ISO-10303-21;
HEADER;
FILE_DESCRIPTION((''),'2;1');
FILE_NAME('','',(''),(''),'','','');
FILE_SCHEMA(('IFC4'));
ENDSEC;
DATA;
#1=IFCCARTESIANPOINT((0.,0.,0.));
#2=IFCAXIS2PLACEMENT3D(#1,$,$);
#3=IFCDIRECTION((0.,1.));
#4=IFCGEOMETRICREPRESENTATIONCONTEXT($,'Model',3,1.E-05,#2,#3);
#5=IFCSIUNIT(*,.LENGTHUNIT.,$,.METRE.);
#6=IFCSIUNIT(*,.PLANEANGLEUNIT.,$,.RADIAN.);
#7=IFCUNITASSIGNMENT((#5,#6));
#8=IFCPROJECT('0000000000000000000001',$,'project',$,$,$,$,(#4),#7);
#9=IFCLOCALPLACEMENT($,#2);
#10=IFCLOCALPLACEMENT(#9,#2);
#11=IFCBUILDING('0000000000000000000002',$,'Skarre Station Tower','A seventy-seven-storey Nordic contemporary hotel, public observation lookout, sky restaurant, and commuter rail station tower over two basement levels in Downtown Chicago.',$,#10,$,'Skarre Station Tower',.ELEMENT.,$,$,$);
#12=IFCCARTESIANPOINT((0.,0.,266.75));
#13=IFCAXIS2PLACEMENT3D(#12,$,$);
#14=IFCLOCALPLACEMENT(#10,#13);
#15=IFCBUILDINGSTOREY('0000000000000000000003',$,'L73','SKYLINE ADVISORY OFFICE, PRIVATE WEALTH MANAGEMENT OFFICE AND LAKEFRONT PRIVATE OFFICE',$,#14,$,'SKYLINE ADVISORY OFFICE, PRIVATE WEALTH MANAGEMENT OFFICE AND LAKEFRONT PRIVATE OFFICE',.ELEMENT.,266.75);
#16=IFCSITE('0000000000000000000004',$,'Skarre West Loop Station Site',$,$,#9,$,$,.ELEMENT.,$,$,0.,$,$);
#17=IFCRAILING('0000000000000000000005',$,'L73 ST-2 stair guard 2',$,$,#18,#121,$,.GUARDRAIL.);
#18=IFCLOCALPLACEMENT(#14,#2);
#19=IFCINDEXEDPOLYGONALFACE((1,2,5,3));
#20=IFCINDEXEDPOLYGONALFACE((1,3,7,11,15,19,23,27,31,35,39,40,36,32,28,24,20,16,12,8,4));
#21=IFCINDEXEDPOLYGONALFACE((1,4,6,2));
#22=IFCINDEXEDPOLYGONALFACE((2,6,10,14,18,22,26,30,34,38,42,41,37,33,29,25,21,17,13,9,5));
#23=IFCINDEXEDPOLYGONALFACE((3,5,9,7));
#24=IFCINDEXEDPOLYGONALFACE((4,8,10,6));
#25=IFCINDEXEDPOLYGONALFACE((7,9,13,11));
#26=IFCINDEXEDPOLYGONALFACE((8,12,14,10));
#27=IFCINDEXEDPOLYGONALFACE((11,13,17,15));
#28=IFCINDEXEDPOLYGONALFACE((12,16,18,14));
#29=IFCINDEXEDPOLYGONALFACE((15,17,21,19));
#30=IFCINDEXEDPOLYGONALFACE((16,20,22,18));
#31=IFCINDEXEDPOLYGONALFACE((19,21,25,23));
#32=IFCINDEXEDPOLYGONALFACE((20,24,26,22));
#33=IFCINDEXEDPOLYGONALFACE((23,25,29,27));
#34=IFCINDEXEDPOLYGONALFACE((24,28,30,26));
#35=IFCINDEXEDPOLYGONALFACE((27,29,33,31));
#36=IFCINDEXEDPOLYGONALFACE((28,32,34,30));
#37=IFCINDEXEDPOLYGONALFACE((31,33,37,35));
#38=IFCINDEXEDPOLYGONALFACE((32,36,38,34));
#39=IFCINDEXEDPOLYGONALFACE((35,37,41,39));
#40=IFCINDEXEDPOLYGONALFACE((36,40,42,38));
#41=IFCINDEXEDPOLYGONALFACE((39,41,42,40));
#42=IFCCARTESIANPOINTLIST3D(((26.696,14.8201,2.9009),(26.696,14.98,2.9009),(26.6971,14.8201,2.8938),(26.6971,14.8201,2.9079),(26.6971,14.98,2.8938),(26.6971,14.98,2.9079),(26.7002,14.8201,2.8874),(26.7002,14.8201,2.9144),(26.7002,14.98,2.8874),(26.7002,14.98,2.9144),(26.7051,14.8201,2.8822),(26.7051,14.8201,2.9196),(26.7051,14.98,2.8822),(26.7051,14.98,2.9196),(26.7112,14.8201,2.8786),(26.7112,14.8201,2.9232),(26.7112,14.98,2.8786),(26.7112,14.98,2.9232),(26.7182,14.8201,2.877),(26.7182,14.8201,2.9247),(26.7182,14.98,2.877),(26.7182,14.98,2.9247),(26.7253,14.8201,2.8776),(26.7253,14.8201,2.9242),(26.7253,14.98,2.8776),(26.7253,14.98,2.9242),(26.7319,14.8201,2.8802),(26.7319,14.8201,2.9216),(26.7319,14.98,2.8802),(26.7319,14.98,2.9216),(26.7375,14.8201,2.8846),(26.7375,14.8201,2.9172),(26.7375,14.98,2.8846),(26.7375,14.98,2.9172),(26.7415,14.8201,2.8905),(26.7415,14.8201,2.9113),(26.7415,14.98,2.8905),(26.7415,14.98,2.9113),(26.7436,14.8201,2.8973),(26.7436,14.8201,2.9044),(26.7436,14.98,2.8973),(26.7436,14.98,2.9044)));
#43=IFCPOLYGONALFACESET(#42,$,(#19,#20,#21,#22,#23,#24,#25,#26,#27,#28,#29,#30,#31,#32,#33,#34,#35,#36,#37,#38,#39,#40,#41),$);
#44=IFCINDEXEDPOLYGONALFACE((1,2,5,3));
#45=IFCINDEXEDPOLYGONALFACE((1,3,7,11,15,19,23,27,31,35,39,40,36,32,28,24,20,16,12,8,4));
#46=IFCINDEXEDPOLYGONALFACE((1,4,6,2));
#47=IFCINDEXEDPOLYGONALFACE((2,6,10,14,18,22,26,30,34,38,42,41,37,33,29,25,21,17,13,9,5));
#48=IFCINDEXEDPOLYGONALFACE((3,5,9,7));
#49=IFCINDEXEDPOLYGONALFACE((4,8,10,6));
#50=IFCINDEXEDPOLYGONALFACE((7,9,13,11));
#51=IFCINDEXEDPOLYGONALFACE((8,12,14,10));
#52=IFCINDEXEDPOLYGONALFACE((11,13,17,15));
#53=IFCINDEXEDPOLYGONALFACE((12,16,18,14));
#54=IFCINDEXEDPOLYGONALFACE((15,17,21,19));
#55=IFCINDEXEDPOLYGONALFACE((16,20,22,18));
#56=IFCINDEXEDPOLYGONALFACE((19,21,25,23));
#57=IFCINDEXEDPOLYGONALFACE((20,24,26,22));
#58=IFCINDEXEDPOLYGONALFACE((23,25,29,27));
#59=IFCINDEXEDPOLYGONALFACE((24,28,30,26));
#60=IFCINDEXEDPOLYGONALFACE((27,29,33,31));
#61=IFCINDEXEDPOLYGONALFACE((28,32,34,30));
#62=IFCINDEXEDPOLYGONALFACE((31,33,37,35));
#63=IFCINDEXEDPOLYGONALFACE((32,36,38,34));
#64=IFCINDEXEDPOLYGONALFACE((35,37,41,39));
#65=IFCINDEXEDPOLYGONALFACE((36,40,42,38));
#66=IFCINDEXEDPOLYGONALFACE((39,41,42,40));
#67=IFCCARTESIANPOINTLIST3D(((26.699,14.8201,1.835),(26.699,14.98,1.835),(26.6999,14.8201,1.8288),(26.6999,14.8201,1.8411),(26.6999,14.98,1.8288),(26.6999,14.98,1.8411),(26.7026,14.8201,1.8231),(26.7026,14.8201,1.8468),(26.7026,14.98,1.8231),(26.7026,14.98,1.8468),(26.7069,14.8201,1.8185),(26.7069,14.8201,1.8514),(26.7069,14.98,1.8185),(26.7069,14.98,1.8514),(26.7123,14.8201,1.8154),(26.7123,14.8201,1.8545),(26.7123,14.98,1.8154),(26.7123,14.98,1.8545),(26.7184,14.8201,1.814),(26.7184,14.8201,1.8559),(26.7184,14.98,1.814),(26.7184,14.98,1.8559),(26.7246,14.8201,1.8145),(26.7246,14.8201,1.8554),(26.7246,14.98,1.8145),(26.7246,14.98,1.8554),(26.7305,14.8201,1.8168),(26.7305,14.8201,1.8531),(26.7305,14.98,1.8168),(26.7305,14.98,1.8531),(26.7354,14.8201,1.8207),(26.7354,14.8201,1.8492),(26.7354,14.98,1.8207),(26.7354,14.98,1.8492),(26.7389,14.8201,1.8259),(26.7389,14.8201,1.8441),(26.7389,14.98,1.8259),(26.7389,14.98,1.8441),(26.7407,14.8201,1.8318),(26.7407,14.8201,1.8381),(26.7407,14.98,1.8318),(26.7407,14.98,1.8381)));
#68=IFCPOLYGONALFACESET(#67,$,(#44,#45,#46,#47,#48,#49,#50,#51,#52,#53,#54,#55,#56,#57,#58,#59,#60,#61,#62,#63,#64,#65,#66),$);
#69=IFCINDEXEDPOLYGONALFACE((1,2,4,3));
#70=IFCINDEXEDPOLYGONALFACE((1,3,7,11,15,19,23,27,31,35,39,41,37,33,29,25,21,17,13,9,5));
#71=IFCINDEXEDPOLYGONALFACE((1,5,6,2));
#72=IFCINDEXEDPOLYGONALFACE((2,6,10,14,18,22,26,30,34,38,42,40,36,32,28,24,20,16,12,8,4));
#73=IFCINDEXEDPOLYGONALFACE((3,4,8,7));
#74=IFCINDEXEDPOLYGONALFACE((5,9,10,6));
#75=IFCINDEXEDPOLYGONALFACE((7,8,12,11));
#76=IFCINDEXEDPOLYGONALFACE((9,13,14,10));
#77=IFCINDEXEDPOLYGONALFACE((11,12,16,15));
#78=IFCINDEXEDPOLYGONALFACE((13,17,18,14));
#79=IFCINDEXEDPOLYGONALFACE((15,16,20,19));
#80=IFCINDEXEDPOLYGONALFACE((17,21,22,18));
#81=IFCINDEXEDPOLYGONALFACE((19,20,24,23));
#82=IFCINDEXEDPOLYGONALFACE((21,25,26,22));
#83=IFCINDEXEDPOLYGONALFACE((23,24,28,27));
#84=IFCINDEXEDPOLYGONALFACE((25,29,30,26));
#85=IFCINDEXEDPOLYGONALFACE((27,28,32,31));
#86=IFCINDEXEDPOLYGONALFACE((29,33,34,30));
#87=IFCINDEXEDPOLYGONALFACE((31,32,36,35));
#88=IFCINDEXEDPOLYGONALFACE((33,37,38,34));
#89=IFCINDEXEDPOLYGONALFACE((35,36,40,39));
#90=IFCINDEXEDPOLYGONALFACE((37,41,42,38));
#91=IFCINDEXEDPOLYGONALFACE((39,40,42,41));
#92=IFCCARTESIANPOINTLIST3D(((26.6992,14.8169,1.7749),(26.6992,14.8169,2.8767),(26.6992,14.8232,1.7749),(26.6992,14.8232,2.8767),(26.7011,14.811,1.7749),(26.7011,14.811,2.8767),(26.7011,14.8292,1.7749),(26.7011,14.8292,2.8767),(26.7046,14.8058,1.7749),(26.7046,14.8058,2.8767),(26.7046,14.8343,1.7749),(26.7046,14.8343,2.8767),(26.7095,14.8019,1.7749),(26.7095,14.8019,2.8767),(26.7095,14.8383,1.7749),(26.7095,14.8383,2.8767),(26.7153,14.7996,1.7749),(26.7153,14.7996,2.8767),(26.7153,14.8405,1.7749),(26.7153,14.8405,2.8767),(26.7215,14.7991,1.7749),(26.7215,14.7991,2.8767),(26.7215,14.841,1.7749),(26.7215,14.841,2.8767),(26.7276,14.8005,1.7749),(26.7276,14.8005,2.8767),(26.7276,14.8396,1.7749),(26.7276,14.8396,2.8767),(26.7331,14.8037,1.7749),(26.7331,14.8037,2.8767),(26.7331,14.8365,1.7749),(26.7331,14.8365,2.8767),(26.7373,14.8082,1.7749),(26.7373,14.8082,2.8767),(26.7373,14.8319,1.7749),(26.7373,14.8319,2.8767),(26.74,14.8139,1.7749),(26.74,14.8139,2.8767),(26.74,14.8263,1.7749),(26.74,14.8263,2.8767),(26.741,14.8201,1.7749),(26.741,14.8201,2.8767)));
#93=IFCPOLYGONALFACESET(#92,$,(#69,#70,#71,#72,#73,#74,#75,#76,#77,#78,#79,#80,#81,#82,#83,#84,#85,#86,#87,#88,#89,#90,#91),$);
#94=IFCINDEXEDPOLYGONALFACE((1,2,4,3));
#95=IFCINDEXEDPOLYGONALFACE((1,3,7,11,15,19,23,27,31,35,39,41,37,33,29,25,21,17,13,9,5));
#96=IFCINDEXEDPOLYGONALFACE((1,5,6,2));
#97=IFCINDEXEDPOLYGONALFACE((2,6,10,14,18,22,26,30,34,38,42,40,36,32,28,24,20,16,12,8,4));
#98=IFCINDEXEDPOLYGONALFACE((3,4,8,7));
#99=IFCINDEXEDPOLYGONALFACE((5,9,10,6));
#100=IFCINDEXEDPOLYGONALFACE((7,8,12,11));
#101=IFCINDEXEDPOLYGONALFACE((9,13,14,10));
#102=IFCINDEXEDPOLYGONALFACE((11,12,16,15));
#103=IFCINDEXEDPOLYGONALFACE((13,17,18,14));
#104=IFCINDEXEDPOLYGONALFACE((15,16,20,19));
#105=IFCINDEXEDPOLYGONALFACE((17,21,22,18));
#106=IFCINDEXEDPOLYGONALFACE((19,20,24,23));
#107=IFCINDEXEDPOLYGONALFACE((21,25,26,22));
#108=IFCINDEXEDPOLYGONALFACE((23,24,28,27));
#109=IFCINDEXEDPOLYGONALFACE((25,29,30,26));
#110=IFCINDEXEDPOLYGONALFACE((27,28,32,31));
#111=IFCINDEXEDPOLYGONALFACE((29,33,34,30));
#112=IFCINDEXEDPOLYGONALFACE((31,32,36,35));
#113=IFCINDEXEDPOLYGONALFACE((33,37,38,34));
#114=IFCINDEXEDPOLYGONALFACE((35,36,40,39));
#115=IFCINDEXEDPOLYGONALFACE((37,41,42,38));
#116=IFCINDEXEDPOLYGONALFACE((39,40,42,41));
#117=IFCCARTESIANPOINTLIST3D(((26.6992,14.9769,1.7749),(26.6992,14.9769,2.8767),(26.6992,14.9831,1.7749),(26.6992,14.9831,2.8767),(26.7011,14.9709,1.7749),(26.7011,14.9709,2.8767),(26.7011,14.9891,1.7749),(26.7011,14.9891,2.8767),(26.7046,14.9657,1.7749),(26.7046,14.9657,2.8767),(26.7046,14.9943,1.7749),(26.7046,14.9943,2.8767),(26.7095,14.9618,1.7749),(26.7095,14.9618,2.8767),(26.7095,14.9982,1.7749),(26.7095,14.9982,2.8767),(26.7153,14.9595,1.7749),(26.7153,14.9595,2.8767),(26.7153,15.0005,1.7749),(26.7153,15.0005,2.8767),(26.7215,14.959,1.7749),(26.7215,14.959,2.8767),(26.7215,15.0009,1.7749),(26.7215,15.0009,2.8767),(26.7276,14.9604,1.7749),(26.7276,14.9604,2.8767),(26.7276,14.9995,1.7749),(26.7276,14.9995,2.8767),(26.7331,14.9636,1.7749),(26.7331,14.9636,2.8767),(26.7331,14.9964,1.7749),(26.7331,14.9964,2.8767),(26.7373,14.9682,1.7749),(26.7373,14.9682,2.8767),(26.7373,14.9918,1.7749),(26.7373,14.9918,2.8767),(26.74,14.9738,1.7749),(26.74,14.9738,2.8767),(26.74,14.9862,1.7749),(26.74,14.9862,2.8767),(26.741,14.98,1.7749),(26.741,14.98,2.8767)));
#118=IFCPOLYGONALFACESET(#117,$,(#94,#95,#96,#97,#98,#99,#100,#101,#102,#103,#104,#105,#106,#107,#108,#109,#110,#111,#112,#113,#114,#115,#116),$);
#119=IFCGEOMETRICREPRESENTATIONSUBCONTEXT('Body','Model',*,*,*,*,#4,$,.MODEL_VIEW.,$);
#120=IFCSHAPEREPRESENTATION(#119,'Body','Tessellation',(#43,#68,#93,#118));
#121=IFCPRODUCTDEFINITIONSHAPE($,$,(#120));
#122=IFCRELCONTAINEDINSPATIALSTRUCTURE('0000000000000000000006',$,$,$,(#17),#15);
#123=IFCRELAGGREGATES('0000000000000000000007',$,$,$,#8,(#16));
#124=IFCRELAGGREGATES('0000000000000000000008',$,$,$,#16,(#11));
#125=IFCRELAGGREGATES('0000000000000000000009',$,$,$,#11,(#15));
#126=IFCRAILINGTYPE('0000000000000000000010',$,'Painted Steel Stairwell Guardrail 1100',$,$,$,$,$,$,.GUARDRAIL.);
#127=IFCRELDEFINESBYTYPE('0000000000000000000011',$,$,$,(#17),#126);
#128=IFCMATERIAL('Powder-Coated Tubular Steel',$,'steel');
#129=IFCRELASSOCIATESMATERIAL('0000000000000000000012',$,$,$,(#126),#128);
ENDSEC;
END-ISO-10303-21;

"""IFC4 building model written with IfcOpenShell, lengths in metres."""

from ifc_helpers import new_model, si_unit, direction, frame, origin, origin_2d, place, context, subcontext, project, spatial, circle, extrude, material, type_object, element, save


model = new_model("IFC4")

# Units and contexts
model_context = context("Model", 3, precision=1e-05, world=origin(), true_north=direction((0.0, 1.0)))
body_context = subcontext(model_context, "Body", "Model", "MODEL_VIEW")
ifc_project = project(units=[si_unit("LENGTHUNIT", "METRE"), si_unit("PLANEANGLEUNIT", "RADIAN")], contexts=[model_context])

# Site, building, storey
site_placement = place(None, origin())
site = spatial("IfcSite", under=ifc_project, at=site_placement, Name="Skarre West Loop Station Site", CompositionType="ELEMENT", RefElevation=0.0)
building_placement = place(site_placement, origin())
building = spatial("IfcBuilding", under=site, at=building_placement, Name="Skarre Station Tower", Description="A seventy-seven-storey Nordic contemporary hotel, public observation lookout, sky restaurant, and commuter rail station tower over two basement levels in Downtown Chicago.", LongName="Skarre Station Tower", CompositionType="ELEMENT")
storey_placement = place(building_placement, frame((0.0, 0.0, 266.75)))
storey = spatial("IfcBuildingStorey", under=building, at=storey_placement, Name="L73", Description="SKYLINE ADVISORY OFFICE, PRIVATE WEALTH MANAGEMENT OFFICE AND LAKEFRONT PRIVATE OFFICE", LongName="SKYLINE ADVISORY OFFICE, PRIVATE WEALTH MANAGEMENT OFFICE AND LAKEFRONT PRIVATE OFFICE", CompositionType="ELEMENT", Elevation=266.75)

# Railing
ifc_material_1 = material(Name="Powder-Coated Tubular Steel", Category="steel")
railing_type_1 = type_object("IfcRailingType", Name="Painted Steel Stairwell Guardrail 1100", PredefinedType="GUARDRAIL", material=ifc_material_1)
railing_1_placement = place(storey_placement, frame((26.72, 14.8201, 1.7749)))
element("IfcRailing", 1, at=railing_1_placement, inside=storey, type_object=railing_type_1, Name="L73 ST-2 stair guard 2", PredefinedType="GUARDRAIL", context=body_context, shape_type="SweptSolid", body=[
    extrude(circle(Radius=0.0239, at=origin_2d()), frame((0.0, 0.0, 1.126), z_axis=(0.0, 1.0, 0.0), x_axis=(-1.0, 0.0, 0.0)), (0.0, 0.0, 1.0), 0.1599),
    extrude(circle(Radius=0.021, at=origin_2d()), frame((0.0, 0.0, 0.0601), z_axis=(0.0, 1.0, 0.0), x_axis=(-1.0, 0.0, 0.0)), (0.0, 0.0, 1.0), 0.1599),
    extrude(circle(Radius=0.021, at=origin_2d()), origin(), (0.0, 0.0, 1.0), 1.1018),
    extrude(circle(Radius=0.021, at=origin_2d()), frame((0.0, 0.1599, 0.0)), (0.0, 0.0, 1.0), 1.1018),
])

save(model, "model.ifc")
